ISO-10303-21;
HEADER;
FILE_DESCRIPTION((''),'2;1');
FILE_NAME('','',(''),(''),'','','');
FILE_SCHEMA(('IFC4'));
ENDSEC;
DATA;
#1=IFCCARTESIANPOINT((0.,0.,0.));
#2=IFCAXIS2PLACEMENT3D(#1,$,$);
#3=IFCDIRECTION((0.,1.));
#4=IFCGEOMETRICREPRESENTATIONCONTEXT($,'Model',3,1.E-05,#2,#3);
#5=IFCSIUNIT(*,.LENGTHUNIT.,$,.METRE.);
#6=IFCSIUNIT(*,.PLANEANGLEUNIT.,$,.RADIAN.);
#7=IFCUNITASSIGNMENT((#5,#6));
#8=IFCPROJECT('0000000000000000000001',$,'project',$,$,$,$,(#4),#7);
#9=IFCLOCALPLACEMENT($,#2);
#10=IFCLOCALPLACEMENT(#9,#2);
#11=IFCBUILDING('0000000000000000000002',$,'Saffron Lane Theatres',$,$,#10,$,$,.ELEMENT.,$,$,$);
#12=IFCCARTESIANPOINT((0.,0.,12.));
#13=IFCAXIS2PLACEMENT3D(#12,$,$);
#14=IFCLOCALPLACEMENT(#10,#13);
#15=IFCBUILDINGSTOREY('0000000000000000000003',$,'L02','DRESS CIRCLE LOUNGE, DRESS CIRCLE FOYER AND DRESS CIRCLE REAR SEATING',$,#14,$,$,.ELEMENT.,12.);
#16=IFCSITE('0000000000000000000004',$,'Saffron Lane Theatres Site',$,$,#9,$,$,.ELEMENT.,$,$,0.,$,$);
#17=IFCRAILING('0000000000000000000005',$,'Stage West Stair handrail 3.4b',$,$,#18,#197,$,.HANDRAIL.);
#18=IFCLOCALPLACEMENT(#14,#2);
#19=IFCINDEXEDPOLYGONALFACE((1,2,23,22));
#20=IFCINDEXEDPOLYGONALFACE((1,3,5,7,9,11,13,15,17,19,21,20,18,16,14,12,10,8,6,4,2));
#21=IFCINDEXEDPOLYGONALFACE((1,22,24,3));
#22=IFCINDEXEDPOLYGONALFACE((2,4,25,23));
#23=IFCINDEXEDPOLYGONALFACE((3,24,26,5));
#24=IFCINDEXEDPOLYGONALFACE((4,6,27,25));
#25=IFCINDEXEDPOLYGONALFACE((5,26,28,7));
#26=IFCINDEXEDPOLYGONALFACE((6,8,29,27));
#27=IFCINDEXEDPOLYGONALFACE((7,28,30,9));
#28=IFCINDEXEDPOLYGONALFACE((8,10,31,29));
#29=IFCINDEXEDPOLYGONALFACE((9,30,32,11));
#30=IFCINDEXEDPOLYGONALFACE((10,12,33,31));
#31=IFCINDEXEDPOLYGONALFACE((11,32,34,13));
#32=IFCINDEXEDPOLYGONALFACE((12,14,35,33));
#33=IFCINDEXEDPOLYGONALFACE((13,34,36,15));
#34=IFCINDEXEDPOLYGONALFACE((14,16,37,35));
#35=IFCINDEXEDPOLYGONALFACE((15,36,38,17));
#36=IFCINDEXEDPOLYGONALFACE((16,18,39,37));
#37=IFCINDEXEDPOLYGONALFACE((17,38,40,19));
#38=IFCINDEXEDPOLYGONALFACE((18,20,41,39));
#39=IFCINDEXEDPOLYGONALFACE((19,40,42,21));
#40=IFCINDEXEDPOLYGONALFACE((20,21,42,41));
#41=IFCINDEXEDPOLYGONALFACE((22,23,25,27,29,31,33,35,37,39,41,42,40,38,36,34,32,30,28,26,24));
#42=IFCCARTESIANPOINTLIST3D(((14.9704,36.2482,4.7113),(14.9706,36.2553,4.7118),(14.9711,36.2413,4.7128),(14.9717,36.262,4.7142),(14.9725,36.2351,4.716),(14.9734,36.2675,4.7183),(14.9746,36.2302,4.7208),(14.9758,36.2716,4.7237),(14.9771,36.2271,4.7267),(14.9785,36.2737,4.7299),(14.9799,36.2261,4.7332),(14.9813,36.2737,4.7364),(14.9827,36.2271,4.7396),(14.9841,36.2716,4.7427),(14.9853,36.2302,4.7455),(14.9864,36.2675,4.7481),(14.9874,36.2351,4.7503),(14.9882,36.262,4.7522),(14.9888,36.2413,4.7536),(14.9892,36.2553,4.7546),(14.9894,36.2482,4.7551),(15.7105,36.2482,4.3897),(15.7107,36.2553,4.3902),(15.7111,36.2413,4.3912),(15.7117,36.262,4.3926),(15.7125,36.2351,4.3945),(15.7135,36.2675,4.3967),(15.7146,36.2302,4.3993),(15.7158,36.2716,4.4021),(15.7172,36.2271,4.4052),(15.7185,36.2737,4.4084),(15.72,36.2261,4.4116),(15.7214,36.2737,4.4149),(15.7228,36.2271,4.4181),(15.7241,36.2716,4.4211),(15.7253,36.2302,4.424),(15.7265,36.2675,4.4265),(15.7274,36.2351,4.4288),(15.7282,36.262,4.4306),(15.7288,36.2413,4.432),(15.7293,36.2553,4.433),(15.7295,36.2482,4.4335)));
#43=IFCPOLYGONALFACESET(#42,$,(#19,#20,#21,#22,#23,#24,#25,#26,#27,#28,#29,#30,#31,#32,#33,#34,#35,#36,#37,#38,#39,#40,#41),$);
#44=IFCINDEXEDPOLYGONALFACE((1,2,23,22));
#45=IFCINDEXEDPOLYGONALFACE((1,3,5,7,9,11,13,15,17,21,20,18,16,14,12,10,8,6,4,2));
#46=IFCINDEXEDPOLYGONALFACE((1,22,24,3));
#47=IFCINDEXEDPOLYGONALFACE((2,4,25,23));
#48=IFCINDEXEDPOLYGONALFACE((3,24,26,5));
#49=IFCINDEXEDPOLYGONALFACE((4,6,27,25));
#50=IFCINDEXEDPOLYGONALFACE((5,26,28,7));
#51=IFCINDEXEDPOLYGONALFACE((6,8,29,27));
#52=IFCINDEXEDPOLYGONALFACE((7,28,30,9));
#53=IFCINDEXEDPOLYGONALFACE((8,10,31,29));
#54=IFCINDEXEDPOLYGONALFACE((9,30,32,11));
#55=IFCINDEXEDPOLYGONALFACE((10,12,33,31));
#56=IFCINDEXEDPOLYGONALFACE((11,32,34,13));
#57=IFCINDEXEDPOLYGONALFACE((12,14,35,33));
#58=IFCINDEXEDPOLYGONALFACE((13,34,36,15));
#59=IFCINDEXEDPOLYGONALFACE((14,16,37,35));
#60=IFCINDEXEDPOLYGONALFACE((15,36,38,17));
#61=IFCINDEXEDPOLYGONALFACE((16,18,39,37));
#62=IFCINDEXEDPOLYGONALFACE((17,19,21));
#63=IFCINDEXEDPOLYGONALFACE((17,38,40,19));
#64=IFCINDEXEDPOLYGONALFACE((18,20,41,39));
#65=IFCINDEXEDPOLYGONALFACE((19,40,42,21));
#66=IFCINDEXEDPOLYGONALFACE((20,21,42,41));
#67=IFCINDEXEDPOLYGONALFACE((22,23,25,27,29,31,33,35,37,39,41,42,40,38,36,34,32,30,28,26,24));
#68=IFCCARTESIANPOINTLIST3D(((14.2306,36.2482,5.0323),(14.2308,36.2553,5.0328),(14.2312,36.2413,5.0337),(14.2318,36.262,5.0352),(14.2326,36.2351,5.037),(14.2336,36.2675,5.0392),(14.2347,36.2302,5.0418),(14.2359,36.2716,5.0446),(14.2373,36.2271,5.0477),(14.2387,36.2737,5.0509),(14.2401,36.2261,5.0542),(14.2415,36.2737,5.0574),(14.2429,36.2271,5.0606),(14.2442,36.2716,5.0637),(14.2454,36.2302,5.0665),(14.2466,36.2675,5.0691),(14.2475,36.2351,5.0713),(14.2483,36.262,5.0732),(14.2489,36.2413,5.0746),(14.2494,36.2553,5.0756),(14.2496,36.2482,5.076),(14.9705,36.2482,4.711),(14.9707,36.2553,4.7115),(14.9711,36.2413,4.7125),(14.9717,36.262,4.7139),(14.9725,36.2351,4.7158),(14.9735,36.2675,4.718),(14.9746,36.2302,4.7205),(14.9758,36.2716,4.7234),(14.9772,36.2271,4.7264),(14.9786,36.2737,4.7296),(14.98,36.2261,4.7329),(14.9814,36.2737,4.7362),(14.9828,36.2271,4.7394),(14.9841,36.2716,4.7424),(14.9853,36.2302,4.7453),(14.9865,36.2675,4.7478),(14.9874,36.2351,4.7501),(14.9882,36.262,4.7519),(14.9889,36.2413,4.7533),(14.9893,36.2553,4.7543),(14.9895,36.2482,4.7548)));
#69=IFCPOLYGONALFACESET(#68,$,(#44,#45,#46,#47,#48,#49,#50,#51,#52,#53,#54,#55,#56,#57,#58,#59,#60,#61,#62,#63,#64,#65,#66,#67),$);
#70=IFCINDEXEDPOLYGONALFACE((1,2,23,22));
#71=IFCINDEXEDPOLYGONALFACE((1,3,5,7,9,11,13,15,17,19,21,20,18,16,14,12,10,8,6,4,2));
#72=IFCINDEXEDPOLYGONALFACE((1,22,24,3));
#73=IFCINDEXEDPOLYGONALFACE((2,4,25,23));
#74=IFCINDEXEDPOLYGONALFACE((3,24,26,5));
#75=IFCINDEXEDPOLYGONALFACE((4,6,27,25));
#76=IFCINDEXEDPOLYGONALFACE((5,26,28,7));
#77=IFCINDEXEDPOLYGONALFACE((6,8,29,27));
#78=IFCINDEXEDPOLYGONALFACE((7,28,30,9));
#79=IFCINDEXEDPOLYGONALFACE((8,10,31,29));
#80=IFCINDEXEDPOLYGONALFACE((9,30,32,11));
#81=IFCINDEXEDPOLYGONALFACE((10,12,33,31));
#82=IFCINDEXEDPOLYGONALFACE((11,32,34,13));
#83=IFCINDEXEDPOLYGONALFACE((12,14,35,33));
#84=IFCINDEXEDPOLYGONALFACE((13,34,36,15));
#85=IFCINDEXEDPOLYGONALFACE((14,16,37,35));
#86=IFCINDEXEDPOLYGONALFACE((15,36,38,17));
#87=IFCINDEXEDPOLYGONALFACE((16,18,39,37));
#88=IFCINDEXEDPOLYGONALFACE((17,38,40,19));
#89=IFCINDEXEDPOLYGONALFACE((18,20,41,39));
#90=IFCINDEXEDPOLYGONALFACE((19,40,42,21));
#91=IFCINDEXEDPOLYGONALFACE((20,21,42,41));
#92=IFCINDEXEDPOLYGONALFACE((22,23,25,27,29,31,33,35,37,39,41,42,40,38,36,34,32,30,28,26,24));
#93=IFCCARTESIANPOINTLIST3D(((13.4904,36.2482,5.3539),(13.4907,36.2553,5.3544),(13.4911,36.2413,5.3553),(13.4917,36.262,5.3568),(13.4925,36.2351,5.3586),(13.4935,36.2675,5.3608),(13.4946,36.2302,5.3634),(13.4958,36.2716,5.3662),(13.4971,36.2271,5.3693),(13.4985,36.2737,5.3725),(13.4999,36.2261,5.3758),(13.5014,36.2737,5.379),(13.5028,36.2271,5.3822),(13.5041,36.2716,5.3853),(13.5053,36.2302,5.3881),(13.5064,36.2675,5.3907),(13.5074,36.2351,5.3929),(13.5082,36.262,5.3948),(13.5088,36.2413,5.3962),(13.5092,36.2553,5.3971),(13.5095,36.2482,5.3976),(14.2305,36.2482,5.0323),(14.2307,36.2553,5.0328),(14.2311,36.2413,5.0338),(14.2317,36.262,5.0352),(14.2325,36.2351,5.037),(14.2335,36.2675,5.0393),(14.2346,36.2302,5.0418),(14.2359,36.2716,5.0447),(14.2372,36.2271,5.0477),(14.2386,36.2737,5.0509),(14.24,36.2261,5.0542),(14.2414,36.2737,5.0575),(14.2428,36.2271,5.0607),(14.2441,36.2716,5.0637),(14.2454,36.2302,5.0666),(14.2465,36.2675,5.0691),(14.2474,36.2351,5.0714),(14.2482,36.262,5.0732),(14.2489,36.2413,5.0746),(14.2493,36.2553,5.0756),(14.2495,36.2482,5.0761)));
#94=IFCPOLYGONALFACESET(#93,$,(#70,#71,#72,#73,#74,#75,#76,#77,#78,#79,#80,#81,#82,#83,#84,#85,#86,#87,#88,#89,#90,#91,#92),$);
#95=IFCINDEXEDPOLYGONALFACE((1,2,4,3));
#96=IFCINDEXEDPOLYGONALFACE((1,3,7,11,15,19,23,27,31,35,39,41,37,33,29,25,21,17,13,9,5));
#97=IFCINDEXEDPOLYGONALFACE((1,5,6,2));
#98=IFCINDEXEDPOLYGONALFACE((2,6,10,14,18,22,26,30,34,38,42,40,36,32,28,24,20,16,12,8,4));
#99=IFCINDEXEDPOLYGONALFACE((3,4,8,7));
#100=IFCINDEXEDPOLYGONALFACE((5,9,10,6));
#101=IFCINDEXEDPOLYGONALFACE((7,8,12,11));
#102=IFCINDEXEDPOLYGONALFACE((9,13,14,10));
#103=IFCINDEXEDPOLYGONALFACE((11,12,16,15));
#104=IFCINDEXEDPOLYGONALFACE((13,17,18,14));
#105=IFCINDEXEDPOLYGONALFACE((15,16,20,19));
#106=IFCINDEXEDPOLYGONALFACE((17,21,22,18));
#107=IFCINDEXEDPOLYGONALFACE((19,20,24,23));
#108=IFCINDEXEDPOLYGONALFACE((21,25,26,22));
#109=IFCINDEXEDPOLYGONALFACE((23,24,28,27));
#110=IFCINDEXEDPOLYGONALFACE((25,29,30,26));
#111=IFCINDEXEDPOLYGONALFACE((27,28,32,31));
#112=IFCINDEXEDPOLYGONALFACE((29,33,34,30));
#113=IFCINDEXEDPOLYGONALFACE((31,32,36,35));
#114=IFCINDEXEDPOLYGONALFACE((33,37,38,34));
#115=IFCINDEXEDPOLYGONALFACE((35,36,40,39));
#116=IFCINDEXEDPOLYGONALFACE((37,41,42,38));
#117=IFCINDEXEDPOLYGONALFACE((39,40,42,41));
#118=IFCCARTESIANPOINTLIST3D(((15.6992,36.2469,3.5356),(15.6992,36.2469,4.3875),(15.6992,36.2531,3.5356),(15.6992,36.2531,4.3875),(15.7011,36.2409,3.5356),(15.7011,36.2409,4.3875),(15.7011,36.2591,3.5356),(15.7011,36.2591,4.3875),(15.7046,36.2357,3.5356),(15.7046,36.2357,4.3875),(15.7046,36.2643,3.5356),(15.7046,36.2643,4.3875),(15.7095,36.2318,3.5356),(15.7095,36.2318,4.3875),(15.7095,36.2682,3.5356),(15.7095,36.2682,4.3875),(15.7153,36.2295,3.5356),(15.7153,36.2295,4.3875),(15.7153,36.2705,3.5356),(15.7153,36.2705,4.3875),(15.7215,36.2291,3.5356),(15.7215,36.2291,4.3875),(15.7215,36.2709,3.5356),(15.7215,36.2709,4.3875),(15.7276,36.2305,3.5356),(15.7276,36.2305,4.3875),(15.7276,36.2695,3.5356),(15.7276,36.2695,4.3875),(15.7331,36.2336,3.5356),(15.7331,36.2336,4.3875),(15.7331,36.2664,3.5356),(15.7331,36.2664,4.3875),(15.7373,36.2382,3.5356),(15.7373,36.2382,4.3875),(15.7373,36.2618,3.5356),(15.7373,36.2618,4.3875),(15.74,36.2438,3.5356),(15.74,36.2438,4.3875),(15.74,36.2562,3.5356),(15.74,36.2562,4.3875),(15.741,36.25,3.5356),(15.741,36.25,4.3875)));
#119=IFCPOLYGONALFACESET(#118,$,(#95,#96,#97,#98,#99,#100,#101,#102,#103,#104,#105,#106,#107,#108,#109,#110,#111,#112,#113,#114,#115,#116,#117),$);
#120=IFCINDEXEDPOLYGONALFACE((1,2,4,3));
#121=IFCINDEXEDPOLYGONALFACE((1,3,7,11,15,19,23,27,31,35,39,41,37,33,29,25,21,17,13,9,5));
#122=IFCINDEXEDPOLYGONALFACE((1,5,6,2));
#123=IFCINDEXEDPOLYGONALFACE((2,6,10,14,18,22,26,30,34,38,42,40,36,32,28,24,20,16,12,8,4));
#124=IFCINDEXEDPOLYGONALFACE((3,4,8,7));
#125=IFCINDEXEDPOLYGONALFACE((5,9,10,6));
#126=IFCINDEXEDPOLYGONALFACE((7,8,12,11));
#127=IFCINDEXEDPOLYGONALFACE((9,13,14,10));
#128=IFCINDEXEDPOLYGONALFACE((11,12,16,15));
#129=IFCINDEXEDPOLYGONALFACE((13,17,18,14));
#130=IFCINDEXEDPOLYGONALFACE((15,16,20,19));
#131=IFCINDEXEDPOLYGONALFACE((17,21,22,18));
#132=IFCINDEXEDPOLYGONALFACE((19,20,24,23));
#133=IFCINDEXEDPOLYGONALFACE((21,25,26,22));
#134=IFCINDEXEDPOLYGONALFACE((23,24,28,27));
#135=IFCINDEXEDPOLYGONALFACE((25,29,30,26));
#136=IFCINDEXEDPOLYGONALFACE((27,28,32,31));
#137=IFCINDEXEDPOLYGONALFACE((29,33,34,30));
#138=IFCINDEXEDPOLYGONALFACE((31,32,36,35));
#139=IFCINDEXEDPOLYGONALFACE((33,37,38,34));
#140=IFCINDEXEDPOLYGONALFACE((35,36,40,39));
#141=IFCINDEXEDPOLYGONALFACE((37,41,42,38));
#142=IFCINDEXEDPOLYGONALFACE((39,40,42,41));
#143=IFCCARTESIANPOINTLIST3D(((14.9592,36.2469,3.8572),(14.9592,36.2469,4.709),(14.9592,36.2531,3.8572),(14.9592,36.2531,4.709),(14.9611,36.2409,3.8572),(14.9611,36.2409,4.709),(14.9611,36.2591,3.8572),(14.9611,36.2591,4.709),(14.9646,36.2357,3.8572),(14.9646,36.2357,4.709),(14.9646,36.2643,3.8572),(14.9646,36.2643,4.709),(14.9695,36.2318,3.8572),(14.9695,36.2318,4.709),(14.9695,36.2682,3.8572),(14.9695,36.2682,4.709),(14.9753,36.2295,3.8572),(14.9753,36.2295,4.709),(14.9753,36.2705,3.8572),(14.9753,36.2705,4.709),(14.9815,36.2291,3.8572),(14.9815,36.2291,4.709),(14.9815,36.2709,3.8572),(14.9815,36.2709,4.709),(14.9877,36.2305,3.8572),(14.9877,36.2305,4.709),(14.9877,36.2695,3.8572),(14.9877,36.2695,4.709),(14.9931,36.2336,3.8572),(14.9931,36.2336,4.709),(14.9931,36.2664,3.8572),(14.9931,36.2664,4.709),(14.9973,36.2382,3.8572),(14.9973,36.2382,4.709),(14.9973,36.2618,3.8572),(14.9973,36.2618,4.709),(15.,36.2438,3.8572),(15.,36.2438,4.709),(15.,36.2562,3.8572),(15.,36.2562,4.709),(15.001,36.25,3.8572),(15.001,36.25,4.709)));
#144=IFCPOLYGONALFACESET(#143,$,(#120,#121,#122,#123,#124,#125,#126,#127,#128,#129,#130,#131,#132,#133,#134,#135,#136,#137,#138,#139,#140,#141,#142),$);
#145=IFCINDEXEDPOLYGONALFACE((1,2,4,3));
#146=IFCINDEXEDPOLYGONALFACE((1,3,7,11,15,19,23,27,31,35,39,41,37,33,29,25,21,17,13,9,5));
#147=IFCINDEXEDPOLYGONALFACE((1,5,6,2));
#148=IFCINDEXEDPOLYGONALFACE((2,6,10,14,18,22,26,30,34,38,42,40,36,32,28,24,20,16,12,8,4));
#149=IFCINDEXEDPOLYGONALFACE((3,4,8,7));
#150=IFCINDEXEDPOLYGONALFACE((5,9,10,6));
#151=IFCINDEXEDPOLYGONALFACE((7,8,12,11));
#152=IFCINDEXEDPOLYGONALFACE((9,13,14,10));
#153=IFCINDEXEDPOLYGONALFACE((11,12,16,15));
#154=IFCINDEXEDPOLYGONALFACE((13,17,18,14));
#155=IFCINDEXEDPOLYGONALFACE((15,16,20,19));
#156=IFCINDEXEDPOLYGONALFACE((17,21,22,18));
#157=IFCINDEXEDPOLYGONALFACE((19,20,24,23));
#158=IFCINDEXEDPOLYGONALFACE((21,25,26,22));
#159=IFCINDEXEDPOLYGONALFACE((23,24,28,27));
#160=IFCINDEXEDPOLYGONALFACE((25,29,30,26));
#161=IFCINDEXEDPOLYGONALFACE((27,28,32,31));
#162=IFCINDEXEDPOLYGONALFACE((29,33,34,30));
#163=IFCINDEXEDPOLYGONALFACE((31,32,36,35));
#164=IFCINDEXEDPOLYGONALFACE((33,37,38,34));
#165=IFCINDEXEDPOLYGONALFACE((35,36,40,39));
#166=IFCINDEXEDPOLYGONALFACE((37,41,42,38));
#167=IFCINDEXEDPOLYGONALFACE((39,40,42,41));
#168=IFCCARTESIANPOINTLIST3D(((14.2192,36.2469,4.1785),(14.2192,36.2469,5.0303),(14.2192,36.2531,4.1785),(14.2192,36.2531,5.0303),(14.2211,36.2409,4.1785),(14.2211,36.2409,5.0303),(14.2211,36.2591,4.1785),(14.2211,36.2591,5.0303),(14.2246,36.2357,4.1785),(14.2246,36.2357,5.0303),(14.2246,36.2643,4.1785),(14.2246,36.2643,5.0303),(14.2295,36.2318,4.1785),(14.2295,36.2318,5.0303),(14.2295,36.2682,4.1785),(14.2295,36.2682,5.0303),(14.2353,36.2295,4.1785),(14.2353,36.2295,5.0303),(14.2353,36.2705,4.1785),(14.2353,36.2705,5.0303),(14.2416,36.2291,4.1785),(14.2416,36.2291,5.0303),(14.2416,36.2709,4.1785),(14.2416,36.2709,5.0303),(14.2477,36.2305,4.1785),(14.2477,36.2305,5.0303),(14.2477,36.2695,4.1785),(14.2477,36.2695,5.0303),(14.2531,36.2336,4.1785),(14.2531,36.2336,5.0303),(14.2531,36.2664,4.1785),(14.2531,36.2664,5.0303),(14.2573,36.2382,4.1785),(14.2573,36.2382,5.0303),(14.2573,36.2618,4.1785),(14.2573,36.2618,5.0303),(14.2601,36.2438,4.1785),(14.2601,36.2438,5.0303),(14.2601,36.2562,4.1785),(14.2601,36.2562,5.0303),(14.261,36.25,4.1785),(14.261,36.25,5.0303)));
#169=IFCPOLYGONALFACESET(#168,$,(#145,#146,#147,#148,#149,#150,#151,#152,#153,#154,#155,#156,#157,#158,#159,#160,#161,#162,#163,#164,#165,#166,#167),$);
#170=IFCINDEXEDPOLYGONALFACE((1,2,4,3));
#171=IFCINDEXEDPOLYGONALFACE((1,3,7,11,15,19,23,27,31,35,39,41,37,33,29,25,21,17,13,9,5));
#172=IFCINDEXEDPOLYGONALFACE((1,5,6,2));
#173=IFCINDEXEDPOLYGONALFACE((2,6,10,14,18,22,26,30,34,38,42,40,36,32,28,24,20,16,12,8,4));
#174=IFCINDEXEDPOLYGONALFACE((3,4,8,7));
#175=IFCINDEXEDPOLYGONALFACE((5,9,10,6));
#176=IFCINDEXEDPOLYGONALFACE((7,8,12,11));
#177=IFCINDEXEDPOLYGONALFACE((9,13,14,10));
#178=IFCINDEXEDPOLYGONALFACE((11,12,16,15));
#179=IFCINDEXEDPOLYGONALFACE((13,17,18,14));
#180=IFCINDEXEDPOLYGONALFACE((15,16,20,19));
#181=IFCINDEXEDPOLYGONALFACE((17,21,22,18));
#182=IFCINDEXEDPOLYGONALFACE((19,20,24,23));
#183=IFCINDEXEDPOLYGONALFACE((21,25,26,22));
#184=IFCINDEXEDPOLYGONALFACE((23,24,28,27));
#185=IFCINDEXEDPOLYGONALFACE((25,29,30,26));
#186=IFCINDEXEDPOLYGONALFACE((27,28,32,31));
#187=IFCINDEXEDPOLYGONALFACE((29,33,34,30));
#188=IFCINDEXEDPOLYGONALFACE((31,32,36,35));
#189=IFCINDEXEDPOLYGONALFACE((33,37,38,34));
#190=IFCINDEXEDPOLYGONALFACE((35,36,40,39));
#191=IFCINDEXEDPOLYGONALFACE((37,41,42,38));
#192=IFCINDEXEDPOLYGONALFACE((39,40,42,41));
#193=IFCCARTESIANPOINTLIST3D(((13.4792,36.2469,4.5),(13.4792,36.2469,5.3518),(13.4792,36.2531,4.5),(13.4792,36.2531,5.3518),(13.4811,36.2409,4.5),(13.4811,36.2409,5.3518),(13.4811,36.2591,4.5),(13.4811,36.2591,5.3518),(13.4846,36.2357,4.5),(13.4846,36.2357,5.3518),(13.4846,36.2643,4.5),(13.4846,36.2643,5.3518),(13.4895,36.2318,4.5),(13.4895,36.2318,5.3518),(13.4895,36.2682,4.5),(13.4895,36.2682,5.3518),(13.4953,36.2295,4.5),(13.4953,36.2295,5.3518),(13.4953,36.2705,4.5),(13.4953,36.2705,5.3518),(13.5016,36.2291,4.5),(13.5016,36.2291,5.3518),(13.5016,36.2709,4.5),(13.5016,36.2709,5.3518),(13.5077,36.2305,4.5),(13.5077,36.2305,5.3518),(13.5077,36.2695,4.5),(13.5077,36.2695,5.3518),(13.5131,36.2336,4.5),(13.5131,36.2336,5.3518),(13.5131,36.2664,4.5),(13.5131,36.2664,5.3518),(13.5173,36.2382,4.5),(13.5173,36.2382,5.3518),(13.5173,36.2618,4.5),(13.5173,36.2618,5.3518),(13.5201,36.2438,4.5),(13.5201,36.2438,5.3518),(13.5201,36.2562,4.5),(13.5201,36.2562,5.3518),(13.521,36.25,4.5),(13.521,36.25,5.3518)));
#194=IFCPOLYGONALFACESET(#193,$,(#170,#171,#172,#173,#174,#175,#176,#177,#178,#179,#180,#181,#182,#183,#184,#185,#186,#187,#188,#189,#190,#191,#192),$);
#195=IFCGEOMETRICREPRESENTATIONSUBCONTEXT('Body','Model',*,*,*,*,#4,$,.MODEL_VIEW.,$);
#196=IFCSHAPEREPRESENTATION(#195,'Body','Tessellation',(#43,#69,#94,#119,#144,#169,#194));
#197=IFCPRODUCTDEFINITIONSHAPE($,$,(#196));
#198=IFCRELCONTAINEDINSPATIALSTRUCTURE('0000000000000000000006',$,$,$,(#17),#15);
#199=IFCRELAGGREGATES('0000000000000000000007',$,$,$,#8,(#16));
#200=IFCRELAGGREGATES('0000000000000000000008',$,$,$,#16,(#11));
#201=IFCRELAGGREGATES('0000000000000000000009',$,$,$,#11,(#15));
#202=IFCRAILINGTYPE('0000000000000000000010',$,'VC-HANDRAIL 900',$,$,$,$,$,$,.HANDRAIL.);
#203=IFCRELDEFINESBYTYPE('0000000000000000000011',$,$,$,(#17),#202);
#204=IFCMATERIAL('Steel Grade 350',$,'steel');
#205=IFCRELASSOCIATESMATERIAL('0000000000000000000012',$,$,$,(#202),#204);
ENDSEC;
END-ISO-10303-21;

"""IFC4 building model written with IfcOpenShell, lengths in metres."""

from ifc_helpers import new_model, si_unit, direction, frame, origin, origin_2d, place, context, subcontext, project, spatial, circle, extrude, material, type_object, element, save


model = new_model("IFC4")

# Units and contexts
model_context = context("Model", 3, precision=1e-05, world=origin(), true_north=direction((0.0, 1.0)))
body_context = subcontext(model_context, "Body", "Model", "MODEL_VIEW")
ifc_project = project(units=[si_unit("LENGTHUNIT", "METRE"), si_unit("PLANEANGLEUNIT", "RADIAN")], contexts=[model_context])

# Site, building, storey
site_placement = place(None, origin())
site = spatial("IfcSite", under=ifc_project, at=site_placement, Name="Saffron Lane Theatres Site", CompositionType="ELEMENT", RefElevation=0.0)
building_placement = place(site_placement, origin())
building = spatial("IfcBuilding", under=site, at=building_placement, Name="Saffron Lane Theatres", CompositionType="ELEMENT")
storey_placement = place(building_placement, frame((0.0, 0.0, 12.0)))
storey = spatial("IfcBuildingStorey", under=building, at=storey_placement, Name="L02", Description="DRESS CIRCLE LOUNGE, DRESS CIRCLE FOYER AND DRESS CIRCLE REAR SEATING", CompositionType="ELEMENT", Elevation=12.0)

# Railing
ifc_material_1 = material(Name="Steel Grade 350", Category="steel")
railing_type = type_object("IfcRailingType", Name="VC-HANDRAIL 900", PredefinedType="HANDRAIL", material=ifc_material_1)
railing_1_placement = place(storey_placement, frame((15.72, 36.25, 3.5356)))
element("IfcRailing", 1, at=railing_1_placement, inside=storey, type_object=railing_type, Name="Stage West Stair handrail 3.4b", PredefinedType="HANDRAIL", context=body_context, shape_type="SweptSolid", body=[
    extrude(circle(Radius=0.0239, at=origin_2d()), frame((0.0, 0.0, 0.876), z_axis=(-0.917161, 0.0, 0.398516), x_axis=(0.0, -1.0, 0.0)), (0.0, 0.0, 1.0), 0.8069),
    extrude(circle(Radius=0.0239, at=origin_2d()), frame((-0.74, 0.0, 1.1973), z_axis=(-0.917272, 0.0, 0.398261), x_axis=(0.0, -1.0, 0.0)), (0.0, 0.0, 1.0), 0.8066),
    extrude(circle(Radius=0.0239, at=origin_2d()), frame((-1.48, 0.0, 1.5186), z_axis=(-0.917161, 0.0, 0.398516), x_axis=(0.0, -1.0, 0.0)), (0.0, 0.0, 1.0), 0.8069),
    extrude(circle(Radius=0.021, at=origin_2d()), origin(), (0.0, 0.0, 1.0), 0.8518),
    extrude(circle(Radius=0.021, at=origin_2d()), frame((-0.74, 0.0, 0.3215)), (0.0, 0.0, 1.0), 0.8518),
    extrude(circle(Radius=0.021, at=origin_2d()), frame((-1.48, 0.0, 0.6428)), (0.0, 0.0, 1.0), 0.8518),
    extrude(circle(Radius=0.021, at=origin_2d()), frame((-2.22, 0.0, 0.9644)), (0.0, 0.0, 1.0), 0.8518),
])

save(model, "model.ifc")
